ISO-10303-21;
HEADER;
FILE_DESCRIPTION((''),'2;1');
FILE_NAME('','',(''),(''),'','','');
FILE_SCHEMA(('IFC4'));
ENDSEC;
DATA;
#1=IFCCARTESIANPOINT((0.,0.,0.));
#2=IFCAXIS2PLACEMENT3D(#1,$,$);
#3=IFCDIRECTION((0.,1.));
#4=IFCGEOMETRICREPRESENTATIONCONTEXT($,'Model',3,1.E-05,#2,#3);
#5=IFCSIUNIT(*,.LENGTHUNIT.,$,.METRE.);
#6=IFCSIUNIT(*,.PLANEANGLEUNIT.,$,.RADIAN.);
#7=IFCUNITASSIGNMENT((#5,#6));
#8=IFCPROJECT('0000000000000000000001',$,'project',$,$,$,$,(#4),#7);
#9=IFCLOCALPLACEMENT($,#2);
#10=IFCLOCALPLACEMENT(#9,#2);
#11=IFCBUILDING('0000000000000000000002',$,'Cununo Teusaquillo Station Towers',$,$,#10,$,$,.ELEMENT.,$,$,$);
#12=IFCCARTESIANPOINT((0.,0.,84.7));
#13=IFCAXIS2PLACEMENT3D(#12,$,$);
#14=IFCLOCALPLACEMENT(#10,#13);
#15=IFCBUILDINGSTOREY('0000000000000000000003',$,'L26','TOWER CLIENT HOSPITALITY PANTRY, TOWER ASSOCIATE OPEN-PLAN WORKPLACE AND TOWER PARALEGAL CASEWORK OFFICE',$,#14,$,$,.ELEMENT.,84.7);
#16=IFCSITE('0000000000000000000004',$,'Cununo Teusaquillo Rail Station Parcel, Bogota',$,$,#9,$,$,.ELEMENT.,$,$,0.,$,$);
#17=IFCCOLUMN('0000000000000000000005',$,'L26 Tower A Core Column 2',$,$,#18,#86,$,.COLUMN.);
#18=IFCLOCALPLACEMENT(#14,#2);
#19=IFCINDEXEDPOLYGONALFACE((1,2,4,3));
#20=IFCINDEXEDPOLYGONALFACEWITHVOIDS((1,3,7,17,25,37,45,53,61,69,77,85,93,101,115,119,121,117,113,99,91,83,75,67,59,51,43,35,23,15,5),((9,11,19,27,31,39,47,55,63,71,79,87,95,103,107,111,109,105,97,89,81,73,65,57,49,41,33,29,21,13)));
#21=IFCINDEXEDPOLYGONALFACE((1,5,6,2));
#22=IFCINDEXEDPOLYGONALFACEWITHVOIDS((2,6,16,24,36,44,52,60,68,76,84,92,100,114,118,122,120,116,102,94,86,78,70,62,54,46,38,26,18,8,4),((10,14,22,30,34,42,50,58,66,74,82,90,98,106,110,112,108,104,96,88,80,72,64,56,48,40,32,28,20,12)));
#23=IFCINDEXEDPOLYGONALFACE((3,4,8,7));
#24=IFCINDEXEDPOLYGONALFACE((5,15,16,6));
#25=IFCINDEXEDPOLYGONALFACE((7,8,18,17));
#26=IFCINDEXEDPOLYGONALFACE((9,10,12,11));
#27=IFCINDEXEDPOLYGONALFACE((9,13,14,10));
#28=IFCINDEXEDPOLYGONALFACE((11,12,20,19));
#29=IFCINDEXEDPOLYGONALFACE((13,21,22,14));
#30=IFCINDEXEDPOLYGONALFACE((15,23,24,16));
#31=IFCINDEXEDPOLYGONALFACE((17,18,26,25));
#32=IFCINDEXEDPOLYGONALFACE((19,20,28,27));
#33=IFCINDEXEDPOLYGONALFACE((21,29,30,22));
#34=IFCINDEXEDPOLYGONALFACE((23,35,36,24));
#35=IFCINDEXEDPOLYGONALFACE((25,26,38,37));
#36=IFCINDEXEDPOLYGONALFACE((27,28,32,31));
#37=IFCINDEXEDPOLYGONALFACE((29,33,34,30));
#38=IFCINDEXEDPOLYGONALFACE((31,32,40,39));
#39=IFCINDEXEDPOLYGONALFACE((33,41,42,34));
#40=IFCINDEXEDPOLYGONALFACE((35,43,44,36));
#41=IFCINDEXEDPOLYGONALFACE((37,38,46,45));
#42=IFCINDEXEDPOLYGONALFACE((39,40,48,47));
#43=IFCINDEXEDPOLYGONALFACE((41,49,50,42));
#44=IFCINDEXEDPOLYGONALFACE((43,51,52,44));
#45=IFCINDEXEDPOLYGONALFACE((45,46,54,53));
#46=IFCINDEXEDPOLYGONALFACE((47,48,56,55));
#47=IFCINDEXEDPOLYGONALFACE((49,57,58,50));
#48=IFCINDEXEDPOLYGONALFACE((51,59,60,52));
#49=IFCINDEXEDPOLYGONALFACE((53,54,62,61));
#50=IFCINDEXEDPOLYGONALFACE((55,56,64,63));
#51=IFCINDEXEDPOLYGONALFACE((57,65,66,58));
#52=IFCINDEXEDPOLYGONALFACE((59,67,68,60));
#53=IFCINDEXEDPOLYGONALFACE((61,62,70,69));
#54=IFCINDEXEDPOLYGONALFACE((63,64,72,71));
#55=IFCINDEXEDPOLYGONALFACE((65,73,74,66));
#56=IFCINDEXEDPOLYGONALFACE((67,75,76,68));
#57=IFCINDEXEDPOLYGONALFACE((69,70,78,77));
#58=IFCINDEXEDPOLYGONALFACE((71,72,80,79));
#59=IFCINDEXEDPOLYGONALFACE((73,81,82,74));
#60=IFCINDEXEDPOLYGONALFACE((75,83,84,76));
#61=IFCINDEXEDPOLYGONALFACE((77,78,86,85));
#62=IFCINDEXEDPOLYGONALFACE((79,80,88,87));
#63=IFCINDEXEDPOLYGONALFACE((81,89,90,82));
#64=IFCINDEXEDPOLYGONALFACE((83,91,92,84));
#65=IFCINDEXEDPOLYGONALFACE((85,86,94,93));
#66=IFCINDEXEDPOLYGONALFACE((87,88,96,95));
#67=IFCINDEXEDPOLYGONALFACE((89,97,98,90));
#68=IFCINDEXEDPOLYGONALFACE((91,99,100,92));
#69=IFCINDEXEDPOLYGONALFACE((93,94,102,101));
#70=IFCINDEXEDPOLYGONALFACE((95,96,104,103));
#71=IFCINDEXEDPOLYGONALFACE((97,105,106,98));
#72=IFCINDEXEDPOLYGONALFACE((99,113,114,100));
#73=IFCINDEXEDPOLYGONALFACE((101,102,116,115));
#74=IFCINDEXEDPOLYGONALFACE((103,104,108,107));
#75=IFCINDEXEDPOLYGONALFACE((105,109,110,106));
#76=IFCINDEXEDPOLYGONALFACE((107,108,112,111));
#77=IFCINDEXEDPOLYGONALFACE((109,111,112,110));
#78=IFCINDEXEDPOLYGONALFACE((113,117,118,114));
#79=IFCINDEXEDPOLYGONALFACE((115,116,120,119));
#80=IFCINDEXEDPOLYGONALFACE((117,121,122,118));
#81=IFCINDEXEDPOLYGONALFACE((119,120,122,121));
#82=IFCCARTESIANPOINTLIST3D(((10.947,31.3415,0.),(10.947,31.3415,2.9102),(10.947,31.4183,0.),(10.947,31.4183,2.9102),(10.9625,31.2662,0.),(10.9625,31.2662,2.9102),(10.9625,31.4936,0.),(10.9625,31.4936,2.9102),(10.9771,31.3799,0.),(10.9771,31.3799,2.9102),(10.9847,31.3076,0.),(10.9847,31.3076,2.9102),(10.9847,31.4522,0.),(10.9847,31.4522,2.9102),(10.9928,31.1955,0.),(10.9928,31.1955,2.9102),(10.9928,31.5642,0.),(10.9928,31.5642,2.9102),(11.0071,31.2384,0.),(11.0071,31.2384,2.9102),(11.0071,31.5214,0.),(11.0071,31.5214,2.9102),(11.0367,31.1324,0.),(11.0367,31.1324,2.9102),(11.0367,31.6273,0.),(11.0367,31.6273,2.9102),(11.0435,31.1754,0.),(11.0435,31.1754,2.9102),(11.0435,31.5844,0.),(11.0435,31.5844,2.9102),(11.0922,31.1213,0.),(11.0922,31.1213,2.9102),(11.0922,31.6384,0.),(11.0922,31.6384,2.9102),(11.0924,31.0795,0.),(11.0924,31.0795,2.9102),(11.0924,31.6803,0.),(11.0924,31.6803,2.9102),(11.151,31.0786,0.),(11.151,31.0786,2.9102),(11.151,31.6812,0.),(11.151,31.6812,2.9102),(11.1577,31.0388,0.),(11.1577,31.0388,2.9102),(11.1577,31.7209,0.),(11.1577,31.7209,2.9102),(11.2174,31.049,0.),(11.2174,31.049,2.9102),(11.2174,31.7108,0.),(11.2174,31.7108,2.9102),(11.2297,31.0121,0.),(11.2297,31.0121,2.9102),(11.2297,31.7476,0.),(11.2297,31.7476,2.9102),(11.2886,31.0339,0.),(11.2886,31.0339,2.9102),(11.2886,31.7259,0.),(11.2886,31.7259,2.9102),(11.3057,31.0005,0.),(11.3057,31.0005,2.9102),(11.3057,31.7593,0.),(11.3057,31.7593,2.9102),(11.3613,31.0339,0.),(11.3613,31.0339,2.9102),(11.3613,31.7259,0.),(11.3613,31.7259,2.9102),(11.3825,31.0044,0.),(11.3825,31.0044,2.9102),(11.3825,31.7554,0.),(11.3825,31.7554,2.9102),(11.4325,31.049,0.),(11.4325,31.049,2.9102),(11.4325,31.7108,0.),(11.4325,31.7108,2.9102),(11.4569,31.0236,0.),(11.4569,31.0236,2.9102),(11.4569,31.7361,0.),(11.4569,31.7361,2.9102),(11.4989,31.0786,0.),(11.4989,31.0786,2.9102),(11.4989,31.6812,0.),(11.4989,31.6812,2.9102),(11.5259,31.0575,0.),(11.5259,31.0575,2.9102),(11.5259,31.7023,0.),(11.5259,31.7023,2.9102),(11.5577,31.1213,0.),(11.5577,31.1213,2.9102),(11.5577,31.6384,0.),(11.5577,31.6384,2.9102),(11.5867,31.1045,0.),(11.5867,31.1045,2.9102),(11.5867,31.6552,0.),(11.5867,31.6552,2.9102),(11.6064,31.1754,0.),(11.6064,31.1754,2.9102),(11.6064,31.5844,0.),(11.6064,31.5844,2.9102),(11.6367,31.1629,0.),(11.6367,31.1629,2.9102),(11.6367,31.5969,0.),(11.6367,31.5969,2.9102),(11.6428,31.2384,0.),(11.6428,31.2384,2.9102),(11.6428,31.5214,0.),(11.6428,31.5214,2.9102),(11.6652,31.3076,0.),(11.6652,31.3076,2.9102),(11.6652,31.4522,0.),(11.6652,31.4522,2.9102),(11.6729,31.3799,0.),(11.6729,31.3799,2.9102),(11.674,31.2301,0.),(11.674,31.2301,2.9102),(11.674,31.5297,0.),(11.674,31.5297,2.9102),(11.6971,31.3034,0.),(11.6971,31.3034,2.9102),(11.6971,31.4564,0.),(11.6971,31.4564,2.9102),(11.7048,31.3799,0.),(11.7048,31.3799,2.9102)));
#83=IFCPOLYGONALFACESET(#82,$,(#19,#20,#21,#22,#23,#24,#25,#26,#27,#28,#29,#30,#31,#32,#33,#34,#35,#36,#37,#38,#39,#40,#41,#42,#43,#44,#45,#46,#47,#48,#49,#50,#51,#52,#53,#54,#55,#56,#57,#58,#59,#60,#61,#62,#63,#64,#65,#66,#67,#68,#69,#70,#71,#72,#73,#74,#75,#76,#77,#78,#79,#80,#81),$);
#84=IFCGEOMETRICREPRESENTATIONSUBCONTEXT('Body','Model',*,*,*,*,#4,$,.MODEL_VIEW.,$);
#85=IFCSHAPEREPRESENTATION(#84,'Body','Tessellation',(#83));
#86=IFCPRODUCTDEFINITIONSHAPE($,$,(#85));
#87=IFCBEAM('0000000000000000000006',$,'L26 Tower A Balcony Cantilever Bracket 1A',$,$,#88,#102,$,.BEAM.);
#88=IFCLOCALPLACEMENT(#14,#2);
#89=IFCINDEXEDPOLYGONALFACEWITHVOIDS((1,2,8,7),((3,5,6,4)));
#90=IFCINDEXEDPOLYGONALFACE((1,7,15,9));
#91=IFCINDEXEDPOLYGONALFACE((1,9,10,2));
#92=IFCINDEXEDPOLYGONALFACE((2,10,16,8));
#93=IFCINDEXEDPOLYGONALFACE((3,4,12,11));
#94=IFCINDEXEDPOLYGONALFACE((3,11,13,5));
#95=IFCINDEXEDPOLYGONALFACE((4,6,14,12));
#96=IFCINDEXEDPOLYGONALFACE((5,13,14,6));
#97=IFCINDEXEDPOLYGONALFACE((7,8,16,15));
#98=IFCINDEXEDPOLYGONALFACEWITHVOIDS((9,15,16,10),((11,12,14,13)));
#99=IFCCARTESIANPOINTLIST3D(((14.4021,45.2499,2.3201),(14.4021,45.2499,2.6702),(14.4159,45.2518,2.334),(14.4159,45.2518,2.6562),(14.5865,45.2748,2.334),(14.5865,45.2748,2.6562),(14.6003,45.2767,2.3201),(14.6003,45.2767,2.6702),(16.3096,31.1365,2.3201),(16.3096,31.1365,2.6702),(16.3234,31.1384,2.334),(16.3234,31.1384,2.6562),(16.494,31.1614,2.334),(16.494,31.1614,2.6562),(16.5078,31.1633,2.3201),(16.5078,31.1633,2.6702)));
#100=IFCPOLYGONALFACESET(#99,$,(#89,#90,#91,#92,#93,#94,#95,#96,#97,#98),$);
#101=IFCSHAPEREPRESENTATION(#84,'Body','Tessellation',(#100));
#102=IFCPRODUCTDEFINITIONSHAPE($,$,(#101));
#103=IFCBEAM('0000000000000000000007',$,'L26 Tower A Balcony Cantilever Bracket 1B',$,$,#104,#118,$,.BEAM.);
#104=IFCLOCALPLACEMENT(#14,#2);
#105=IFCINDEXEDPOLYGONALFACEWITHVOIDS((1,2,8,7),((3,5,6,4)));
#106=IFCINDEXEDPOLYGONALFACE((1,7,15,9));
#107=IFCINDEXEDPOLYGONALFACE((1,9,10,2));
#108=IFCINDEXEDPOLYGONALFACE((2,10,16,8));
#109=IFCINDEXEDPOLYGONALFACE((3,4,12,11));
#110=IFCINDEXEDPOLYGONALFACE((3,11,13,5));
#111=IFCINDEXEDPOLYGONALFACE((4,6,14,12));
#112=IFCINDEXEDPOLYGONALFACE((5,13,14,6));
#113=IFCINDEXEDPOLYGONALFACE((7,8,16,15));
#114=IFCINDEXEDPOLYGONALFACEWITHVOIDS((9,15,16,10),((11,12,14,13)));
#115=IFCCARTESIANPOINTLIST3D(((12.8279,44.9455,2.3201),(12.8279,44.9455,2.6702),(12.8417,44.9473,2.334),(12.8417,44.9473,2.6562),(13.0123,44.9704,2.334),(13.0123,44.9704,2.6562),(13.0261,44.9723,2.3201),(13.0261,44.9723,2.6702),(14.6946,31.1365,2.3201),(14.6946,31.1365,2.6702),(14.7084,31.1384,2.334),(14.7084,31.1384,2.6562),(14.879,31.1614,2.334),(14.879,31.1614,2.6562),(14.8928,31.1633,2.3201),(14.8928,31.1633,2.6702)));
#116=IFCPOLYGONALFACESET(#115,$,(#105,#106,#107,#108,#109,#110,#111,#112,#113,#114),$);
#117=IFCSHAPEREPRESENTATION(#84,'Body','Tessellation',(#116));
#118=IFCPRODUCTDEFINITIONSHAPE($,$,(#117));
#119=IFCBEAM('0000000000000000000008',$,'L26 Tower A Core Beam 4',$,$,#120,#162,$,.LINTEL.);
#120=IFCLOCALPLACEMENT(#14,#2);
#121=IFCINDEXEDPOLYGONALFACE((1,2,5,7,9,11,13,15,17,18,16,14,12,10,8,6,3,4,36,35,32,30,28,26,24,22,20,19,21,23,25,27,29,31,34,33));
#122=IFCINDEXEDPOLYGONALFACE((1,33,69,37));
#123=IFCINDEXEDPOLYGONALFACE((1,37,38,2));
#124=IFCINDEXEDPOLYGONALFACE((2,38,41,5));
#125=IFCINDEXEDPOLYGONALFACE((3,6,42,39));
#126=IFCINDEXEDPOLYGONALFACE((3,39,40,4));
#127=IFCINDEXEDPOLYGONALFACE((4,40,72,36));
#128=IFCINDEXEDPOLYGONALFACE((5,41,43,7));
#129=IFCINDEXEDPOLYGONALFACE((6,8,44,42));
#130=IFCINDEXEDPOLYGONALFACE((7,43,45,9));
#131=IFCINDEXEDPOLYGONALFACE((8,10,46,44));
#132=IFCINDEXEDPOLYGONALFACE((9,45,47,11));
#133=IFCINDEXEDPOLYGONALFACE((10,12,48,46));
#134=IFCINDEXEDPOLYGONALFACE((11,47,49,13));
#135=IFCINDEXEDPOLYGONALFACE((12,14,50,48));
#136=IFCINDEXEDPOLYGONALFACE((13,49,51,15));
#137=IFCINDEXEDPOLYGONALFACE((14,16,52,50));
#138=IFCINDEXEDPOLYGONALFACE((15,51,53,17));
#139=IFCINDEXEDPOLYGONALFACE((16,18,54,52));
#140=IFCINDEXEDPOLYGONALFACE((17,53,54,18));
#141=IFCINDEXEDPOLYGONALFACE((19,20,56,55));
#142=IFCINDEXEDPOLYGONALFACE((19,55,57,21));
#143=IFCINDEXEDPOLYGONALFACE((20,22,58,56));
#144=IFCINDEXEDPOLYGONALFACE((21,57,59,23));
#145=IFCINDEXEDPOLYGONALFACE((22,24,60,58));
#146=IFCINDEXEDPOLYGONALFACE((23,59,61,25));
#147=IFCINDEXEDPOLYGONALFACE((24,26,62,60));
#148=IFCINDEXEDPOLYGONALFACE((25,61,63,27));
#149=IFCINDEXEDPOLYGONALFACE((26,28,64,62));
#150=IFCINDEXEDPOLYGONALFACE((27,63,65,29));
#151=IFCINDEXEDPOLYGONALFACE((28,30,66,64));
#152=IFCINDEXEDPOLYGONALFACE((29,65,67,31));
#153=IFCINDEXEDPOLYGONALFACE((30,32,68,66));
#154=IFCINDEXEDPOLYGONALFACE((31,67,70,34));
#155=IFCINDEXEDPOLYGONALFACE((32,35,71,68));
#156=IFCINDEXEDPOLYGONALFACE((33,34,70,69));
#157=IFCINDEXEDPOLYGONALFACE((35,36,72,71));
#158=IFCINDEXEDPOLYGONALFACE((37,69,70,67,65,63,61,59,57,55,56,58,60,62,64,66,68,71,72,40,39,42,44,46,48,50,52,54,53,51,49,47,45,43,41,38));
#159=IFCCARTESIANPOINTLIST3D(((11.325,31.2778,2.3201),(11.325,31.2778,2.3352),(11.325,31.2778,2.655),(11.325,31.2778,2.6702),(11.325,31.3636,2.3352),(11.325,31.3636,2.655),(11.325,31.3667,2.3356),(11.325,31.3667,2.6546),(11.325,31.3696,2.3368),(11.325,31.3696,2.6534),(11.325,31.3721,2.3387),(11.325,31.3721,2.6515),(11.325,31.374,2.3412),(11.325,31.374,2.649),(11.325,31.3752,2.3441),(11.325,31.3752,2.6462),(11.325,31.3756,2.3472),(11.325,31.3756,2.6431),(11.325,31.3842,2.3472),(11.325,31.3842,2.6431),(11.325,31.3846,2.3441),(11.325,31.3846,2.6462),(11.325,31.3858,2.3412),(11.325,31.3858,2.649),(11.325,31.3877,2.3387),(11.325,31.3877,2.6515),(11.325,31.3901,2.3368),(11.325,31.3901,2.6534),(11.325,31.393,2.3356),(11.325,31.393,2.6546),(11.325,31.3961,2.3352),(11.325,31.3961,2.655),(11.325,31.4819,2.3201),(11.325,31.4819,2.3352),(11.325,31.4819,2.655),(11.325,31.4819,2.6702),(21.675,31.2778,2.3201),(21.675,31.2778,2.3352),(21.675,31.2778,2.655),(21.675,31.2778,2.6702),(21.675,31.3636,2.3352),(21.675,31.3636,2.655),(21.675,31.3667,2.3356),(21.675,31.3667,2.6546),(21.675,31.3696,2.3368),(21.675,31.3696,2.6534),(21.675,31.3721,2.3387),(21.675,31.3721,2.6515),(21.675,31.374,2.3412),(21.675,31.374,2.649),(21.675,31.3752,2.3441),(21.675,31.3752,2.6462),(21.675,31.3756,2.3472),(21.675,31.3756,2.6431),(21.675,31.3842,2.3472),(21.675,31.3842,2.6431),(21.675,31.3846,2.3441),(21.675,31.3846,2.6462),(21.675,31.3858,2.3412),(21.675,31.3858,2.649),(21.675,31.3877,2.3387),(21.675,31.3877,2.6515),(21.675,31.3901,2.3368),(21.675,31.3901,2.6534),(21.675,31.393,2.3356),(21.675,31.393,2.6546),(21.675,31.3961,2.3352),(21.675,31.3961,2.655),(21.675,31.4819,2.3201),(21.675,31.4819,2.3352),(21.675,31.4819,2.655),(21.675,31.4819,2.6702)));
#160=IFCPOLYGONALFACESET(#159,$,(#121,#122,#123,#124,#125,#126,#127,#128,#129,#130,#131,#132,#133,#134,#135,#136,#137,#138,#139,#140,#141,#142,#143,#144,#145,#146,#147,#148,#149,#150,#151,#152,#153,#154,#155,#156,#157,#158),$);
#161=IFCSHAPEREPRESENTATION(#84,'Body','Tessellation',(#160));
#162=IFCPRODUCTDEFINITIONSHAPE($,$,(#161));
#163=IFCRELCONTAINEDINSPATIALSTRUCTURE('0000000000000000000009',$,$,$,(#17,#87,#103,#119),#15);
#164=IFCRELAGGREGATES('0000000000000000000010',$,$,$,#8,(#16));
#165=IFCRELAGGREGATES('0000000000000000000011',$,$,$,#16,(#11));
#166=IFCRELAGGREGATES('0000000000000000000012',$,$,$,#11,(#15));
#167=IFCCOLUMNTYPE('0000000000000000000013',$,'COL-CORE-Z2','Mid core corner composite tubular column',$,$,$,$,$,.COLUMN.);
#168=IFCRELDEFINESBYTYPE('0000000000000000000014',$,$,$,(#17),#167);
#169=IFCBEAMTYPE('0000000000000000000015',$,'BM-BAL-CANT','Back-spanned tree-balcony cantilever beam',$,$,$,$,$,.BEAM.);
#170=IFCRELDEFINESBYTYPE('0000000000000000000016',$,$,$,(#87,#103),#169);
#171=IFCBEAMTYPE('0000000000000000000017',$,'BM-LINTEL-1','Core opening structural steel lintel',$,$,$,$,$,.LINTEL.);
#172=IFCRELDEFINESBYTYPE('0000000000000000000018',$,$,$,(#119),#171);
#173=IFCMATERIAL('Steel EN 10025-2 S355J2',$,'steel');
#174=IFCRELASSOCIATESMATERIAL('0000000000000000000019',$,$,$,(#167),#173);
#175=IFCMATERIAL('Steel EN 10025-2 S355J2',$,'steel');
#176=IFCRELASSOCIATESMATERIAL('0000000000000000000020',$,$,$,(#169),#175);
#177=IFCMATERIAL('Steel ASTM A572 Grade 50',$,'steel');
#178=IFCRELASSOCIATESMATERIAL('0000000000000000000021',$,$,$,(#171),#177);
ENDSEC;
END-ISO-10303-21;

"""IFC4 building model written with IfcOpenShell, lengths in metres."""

from ifc_helpers import new_model, si_unit, direction, frame, origin, origin_2d, place, context, subcontext, project, spatial, hollow_rectangle, hollow_circle, i_section, extrude, material, material_profile, profile_set, type_object, element, save


model = new_model("IFC4")

# Units and contexts
model_context = context("Model", 3, precision=1e-05, world=origin(), true_north=direction((0.0, 1.0)))
body_context = subcontext(model_context, "Body", "Model", "MODEL_VIEW")
ifc_project = project(units=[si_unit("LENGTHUNIT", "METRE"), si_unit("PLANEANGLEUNIT", "RADIAN")], contexts=[model_context])

# Site, building, storey
site_placement = place(None, origin())
site = spatial("IfcSite", under=ifc_project, at=site_placement, Name="Cununo Teusaquillo Rail Station Parcel, Bogota", CompositionType="ELEMENT", RefElevation=0.0)
building_placement = place(site_placement, origin())
building = spatial("IfcBuilding", under=site, at=building_placement, Name="Cununo Teusaquillo Station Towers", CompositionType="ELEMENT")
storey_placement = place(building_placement, frame((0.0, 0.0, 84.7)))
storey = spatial("IfcBuildingStorey", under=building, at=storey_placement, Name="L26", Description="TOWER CLIENT HOSPITALITY PANTRY, TOWER ASSOCIATE OPEN-PLAN WORKPLACE AND TOWER PARALEGAL CASEWORK OFFICE", CompositionType="ELEMENT", Elevation=84.7)

# Column
ifc_material_1 = material(Name="Steel EN 10025-2 S355J2", Category="steel")
ifc_material_profile_1 = material_profile(ifc_material_1, hollow_circle(Radius=0.3799, WallThickness=0.032, at=origin_2d()), Name="CHS 760x32")
ifc_profile_set_1 = profile_set([ifc_material_profile_1], Name="Steel EN 10025-2 S355J2")
column_type = type_object("IfcColumnType", Name="COL-CORE-Z2", Description="Mid core corner composite tubular column", PredefinedType="COLUMN", material=ifc_profile_set_1)
column_placement = place(storey_placement, frame((11.325, 31.3799, 0.0), z_axis=(0.0, 0.0, 1.0), x_axis=(1.0, 0.0, 0.0)))
element("IfcColumn", 1, at=column_placement, inside=storey, type_object=column_type, Name="L26 Tower A Core Column 2", PredefinedType="COLUMN", context=body_context, shape_type="SweptSolid", body=[
    extrude(hollow_circle(Radius=0.3799, WallThickness=0.032, at=origin_2d()), origin(), (0.0, 0.0, 1.0), 2.9102),
])

# Beams
ifc_material_2 = material(Name="Steel EN 10025-2 S355J2", Category="steel")
ifc_material_profile_2 = material_profile(ifc_material_2, hollow_rectangle(XDim=0.2, YDim=0.3501, WallThickness=0.0139, at=origin_2d()), Name="RHS 350x200x14")
ifc_profile_set_2 = profile_set([ifc_material_profile_2], Name="Steel EN 10025-2 S355J2")
beam_type_1 = type_object("IfcBeamType", Name="BM-BAL-CANT", Description="Back-spanned tree-balcony cantilever beam", PredefinedType="BEAM", material=ifc_profile_set_2)
beam_1_placement = place(storey_placement, frame((16.4087, 31.1499, 2.4951), z_axis=(-0.133937, 0.99099, 0.0), x_axis=(-0.99099, -0.133937, 0.0)))
element("IfcBeam", 2, at=beam_1_placement, inside=storey, type_object=beam_type_1, Name="L26 Tower A Balcony Cantilever Bracket 1A", PredefinedType="BEAM", context=body_context, shape_type="SweptSolid", body=[
    extrude(hollow_rectangle(XDim=0.2, YDim=0.3501, WallThickness=0.0139, at=origin_2d()), origin(), (0.0, 0.0, 1.0), 14.2417),
])
beam_2_placement = place(storey_placement, frame((14.7937, 31.1499, 2.4951), z_axis=(-0.133961, 0.990987, 0.0), x_axis=(-0.990987, -0.133961, 0.0)))
element("IfcBeam", 3, at=beam_2_placement, inside=storey, type_object=beam_type_1, Name="L26 Tower A Balcony Cantilever Bracket 1B", PredefinedType="BEAM", context=body_context, shape_type="SweptSolid", body=[
    extrude(hollow_rectangle(XDim=0.2, YDim=0.3501, WallThickness=0.0139, at=origin_2d()), origin(), (0.0, 0.0, 1.0), 13.9346),
])
ifc_material_3 = material(Name="Steel ASTM A572 Grade 50", Category="steel")
ifc_material_profile_3 = material_profile(ifc_material_3, i_section(OverallWidth=0.2041, OverallDepth=0.3501, WebThickness=0.0085, FlangeThickness=0.0151, FilletRadius=0.012, at=origin_2d()), Name="W14X48")
ifc_profile_set_3 = profile_set([ifc_material_profile_3], Name="Steel ASTM A572 Grade 50")
beam_type_2 = type_object("IfcBeamType", Name="BM-LINTEL-1", Description="Core opening structural steel lintel", PredefinedType="LINTEL", material=ifc_profile_set_3)
beam_3_placement = place(storey_placement, frame((11.325, 31.3799, 2.4951), z_axis=(1.0, 0.0, 0.0), x_axis=(0.0, 1.0, 0.0)))
element("IfcBeam", 4, at=beam_3_placement, inside=storey, type_object=beam_type_2, Name="L26 Tower A Core Beam 4", PredefinedType="LINTEL", context=body_context, shape_type="SweptSolid", body=[
    extrude(i_section(OverallWidth=0.2041, OverallDepth=0.3501, WebThickness=0.0085, FlangeThickness=0.0151, FilletRadius=0.012, at=origin_2d()), origin(), (0.0, 0.0, 1.0), 10.3501),
])

save(model, "model.ifc")
